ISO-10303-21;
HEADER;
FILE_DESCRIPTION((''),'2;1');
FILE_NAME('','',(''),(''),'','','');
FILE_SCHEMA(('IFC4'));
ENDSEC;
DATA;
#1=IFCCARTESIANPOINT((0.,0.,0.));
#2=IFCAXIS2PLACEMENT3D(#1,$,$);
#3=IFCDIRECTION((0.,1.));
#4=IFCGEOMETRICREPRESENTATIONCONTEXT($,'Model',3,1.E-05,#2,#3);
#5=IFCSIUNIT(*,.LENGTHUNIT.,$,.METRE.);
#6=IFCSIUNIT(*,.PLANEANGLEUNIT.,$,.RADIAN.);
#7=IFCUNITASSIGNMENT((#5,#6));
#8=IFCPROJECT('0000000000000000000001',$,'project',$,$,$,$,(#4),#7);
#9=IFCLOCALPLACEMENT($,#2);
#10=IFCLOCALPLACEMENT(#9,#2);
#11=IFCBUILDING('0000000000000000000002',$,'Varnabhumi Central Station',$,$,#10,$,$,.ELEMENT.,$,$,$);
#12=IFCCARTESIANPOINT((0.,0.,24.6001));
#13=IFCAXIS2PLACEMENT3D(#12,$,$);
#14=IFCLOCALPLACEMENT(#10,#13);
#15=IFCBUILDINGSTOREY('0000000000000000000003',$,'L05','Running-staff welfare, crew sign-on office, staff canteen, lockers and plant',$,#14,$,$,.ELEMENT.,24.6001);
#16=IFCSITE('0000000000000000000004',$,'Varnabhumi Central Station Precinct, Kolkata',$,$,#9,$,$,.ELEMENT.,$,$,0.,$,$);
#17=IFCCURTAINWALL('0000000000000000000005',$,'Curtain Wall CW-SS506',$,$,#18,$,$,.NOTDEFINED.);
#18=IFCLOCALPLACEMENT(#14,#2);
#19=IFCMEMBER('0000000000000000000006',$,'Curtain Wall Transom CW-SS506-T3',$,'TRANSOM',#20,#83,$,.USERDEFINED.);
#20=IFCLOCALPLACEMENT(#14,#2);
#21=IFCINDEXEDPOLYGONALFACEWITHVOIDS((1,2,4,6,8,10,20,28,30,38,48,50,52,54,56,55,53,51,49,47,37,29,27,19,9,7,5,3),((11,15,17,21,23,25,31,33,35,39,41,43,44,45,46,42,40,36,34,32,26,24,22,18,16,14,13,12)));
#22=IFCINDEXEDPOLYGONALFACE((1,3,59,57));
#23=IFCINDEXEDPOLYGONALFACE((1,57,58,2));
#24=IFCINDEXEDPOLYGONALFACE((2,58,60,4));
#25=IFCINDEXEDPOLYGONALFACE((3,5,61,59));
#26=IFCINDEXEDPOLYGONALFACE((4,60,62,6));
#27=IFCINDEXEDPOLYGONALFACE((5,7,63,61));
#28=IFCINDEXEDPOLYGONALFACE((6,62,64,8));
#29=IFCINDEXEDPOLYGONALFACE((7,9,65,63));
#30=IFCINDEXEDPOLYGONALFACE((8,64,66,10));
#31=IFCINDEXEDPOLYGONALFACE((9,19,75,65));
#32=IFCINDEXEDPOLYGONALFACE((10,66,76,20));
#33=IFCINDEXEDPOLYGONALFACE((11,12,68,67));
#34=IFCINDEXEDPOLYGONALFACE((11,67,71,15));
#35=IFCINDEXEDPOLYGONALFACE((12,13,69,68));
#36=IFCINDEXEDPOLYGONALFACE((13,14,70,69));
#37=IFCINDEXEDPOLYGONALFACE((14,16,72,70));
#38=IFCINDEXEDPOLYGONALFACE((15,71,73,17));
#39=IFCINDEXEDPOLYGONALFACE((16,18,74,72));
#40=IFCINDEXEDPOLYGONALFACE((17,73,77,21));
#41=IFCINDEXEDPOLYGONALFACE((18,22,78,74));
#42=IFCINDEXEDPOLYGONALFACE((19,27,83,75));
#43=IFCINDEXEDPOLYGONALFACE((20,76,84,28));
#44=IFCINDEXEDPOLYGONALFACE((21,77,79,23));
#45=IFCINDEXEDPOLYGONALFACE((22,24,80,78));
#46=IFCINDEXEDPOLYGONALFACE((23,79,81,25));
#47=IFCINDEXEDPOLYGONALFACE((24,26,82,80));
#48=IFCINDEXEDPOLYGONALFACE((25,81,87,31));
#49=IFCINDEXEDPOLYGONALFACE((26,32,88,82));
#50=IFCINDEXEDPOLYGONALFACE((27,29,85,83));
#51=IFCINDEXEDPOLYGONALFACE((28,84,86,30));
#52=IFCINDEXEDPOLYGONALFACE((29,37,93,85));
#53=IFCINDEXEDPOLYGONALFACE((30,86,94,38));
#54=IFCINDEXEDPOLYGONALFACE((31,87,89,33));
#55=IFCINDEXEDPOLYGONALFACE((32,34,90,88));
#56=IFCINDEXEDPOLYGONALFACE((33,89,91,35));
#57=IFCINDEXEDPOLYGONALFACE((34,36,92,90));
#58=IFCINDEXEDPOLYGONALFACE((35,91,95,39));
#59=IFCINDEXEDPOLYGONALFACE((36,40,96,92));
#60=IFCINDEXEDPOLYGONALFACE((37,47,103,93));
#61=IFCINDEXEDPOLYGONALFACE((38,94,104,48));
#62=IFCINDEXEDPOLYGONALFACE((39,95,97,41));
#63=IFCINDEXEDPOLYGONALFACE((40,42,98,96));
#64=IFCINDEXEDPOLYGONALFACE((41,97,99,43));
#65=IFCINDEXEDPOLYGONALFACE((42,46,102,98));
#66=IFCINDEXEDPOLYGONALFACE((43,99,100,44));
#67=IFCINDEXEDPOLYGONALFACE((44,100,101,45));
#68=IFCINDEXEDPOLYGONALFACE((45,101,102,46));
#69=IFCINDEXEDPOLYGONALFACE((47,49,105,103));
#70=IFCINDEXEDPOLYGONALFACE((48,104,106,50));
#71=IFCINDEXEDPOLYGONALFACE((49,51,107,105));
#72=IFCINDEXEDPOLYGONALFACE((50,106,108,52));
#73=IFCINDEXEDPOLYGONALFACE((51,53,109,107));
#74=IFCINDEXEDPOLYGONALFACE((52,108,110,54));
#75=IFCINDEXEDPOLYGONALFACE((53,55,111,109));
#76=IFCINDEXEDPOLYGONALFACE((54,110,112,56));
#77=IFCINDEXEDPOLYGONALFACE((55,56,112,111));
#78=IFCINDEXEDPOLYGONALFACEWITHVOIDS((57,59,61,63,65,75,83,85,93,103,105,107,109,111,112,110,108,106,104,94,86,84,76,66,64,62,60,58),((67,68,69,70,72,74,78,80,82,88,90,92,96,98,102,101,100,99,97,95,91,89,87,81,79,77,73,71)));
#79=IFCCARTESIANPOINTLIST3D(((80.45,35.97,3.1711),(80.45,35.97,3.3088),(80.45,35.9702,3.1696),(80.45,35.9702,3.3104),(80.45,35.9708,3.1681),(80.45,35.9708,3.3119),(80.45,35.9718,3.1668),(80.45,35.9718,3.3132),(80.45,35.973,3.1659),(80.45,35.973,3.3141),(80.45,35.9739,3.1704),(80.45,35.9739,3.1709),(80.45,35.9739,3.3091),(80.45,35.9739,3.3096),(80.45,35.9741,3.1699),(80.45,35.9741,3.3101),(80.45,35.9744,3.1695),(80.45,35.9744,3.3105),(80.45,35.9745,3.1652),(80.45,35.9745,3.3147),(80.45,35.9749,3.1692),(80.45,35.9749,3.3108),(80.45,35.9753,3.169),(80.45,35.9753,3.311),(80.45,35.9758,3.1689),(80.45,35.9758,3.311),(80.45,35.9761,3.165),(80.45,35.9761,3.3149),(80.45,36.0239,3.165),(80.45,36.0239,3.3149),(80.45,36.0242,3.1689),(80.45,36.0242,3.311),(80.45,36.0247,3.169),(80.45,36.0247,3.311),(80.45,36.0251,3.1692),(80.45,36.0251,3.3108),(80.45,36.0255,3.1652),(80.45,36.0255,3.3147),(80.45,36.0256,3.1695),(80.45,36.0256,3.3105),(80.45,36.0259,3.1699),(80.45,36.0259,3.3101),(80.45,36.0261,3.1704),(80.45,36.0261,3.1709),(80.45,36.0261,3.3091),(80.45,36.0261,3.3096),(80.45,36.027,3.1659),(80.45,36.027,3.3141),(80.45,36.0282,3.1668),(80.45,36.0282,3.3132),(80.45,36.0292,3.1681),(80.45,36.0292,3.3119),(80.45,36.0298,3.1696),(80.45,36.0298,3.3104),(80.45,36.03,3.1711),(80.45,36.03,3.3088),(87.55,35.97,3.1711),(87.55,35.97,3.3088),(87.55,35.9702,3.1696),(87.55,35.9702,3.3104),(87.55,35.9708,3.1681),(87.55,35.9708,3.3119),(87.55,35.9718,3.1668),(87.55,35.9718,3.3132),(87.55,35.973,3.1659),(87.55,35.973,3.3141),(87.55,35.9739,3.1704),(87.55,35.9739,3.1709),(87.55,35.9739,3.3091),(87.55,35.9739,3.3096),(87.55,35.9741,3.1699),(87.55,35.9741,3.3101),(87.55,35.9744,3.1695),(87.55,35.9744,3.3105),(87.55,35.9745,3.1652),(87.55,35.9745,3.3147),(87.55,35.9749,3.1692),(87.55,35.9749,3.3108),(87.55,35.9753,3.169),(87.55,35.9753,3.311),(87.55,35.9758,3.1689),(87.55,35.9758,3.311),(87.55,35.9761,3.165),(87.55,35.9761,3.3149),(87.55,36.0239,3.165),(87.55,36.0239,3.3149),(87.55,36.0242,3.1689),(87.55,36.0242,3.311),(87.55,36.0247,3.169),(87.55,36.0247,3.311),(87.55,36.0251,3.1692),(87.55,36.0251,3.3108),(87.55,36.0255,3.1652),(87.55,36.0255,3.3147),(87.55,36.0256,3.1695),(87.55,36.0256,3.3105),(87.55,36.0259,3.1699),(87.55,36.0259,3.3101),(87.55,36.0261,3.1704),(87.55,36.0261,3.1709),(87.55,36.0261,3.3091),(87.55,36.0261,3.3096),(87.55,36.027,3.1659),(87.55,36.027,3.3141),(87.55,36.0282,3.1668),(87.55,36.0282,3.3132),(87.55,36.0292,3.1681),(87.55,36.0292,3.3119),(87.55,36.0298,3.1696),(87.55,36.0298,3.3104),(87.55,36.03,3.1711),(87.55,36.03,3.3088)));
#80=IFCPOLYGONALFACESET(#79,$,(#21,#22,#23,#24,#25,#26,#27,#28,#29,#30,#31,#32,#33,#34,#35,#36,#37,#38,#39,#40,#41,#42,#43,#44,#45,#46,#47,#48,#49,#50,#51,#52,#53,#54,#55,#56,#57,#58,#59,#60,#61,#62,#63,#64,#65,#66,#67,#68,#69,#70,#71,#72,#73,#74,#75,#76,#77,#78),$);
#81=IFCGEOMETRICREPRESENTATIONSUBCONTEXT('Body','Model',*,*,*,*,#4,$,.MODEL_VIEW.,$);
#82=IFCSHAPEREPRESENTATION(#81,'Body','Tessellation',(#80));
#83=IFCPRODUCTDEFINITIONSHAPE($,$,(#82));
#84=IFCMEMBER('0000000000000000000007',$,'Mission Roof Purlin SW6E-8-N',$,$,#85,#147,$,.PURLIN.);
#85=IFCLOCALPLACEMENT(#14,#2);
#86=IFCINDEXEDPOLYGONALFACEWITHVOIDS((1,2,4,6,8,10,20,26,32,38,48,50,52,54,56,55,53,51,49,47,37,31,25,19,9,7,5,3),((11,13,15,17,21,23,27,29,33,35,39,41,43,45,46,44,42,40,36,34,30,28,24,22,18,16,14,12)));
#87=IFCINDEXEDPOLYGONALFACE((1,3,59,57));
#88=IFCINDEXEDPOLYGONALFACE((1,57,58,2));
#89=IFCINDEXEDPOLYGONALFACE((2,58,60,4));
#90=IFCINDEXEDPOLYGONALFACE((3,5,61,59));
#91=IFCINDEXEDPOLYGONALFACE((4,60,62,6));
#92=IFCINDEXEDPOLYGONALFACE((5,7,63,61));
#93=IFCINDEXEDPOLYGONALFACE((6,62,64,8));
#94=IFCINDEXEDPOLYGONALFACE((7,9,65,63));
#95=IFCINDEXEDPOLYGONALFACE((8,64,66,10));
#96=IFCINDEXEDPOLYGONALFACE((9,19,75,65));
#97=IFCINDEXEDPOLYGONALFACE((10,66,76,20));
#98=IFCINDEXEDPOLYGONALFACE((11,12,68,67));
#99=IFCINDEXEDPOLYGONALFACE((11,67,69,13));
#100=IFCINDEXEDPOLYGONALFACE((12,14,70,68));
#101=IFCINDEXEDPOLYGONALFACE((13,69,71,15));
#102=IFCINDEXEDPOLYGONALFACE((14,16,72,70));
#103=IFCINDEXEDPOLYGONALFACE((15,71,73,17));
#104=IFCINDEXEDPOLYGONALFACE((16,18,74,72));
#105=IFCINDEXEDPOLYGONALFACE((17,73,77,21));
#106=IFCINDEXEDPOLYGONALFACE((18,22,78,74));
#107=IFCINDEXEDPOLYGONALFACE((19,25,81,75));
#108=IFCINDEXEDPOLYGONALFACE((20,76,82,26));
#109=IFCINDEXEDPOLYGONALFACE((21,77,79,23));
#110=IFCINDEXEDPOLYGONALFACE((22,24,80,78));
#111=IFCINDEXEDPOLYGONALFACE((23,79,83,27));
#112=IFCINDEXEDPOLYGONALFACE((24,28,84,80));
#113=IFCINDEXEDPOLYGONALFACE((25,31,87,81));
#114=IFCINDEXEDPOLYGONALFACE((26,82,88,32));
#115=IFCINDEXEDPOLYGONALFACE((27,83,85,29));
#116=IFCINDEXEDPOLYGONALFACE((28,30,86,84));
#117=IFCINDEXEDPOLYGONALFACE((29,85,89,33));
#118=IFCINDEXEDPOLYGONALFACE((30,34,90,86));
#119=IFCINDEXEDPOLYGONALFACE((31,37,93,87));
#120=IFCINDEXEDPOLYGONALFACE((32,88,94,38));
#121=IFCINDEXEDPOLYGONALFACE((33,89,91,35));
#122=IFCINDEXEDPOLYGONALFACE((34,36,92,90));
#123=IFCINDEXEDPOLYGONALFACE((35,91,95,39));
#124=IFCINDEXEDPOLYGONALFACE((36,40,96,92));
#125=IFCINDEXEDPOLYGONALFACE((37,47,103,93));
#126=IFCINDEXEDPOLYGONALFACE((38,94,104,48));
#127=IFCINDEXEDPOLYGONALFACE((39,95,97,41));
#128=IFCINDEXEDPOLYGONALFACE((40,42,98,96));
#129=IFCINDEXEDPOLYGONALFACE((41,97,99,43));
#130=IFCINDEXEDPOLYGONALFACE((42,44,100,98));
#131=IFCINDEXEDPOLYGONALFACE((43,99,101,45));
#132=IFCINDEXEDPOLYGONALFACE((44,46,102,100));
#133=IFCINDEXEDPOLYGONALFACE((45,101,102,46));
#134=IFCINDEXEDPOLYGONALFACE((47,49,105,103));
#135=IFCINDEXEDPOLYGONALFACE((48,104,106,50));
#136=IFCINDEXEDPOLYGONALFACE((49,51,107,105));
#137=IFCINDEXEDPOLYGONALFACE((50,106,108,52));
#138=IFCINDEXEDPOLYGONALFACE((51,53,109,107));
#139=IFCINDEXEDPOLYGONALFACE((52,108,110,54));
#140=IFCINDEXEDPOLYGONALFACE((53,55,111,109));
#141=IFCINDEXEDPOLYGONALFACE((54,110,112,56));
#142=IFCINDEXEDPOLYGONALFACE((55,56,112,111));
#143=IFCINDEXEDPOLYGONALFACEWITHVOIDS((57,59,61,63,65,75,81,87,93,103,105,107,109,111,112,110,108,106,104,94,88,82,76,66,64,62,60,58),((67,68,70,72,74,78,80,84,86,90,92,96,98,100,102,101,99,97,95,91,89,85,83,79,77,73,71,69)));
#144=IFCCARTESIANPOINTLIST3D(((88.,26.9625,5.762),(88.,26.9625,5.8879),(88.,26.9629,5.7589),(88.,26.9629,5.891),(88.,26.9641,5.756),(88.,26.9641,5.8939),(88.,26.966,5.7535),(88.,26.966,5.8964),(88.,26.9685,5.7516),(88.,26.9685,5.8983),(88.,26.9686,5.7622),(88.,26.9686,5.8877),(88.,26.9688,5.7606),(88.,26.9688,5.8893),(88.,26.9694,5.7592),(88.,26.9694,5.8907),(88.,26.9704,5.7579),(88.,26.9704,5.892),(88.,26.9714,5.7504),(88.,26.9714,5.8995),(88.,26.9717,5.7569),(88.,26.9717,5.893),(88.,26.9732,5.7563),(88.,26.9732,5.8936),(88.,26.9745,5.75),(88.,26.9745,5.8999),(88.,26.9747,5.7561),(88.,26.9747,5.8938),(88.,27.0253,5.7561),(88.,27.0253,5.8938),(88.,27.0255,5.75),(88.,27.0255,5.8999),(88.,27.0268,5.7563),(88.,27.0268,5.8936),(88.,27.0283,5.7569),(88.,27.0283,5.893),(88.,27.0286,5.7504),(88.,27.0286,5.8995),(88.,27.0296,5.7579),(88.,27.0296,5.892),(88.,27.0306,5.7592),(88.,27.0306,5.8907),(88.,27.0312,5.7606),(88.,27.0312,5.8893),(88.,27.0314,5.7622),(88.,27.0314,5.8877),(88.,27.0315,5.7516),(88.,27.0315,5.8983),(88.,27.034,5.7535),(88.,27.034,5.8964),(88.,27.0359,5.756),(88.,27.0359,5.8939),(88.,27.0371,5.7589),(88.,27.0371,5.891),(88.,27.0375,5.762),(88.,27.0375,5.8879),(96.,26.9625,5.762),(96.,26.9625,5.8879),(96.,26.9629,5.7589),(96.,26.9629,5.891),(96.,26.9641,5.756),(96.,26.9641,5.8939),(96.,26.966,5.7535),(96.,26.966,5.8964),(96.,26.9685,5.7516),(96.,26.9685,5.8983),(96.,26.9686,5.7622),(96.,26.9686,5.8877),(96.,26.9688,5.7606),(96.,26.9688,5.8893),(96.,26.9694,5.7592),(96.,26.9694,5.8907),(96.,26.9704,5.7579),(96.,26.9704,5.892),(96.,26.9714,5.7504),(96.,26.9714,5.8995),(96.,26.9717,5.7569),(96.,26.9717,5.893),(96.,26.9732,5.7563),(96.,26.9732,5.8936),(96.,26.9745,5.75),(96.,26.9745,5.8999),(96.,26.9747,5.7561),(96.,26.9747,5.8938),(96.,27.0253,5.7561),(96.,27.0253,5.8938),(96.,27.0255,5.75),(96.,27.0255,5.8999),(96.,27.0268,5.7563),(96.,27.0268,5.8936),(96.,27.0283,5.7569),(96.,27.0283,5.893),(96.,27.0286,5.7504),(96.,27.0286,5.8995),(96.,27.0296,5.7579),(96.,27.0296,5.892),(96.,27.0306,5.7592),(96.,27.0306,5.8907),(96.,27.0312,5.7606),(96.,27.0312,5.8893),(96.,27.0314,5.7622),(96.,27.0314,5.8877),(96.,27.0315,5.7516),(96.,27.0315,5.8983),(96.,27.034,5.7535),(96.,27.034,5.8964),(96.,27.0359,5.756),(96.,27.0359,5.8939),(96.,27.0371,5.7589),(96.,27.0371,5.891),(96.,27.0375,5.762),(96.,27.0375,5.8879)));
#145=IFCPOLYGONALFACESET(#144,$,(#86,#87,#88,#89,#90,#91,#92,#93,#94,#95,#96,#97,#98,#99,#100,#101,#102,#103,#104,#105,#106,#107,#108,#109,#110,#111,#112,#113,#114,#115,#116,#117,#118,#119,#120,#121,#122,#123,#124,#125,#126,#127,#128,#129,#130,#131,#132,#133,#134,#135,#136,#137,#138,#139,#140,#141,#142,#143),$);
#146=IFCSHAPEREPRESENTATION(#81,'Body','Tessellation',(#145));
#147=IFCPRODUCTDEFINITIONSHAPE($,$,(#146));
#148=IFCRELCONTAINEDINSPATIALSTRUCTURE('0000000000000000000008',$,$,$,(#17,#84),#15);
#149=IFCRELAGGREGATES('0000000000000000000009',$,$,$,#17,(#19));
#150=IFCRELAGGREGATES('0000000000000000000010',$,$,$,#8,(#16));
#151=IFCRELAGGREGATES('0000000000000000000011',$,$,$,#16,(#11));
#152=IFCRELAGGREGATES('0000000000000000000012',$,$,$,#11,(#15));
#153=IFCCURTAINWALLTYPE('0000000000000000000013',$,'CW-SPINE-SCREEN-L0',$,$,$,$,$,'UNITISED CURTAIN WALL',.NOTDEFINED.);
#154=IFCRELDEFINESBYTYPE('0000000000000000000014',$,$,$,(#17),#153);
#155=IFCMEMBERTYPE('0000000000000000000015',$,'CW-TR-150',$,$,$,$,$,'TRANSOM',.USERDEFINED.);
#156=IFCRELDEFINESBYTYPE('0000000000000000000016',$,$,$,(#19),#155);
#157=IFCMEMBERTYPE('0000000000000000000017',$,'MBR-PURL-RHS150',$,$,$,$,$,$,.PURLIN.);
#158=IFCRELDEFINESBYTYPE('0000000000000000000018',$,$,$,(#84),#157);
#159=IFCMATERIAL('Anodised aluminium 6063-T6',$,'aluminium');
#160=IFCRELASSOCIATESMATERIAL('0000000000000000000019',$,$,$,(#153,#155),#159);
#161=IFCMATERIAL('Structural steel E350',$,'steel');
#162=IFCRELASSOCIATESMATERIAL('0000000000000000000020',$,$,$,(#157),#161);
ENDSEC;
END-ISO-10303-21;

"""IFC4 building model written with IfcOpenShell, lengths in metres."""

from ifc_helpers import new_model, si_unit, direction, frame, origin, origin_2d, place, context, subcontext, project, spatial, hollow_rectangle, extrude, material, material_profile, profile_set, type_object, element, aggregate, save


model = new_model("IFC4")

# Units and contexts
model_context = context("Model", 3, precision=1e-05, world=origin(), true_north=direction((0.0, 1.0)))
body_context = subcontext(model_context, "Body", "Model", "MODEL_VIEW")
ifc_project = project(units=[si_unit("LENGTHUNIT", "METRE"), si_unit("PLANEANGLEUNIT", "RADIAN")], contexts=[model_context])

# Site, building, storey
site_placement = place(None, origin())
site = spatial("IfcSite", under=ifc_project, at=site_placement, Name="Varnabhumi Central Station Precinct, Kolkata", CompositionType="ELEMENT", RefElevation=0.0)
building_placement = place(site_placement, origin())
building = spatial("IfcBuilding", under=site, at=building_placement, Name="Varnabhumi Central Station", CompositionType="ELEMENT")
storey_placement = place(building_placement, frame((0.0, 0.0, 24.6001)))
storey = spatial("IfcBuildingStorey", under=building, at=storey_placement, Name="L05", Description="Running-staff welfare, crew sign-on office, staff canteen, lockers and plant", CompositionType="ELEMENT", Elevation=24.6001)

# Shared definitions
ifc_material_1 = material(Name="Structural steel E350", Category="steel")

# Curtain wall, member
ifc_material_2 = material(Name="Anodised aluminium 6063-T6", Category="aluminium")
curtain_wall_type = type_object("IfcCurtainWallType", Name="CW-SPINE-SCREEN-L0", ElementType="UNITISED CURTAIN WALL", PredefinedType="NOTDEFINED", material=ifc_material_2)
curtain_wall_placement = place(storey_placement, origin())
curtain_wall = element("IfcCurtainWall", 1, at=curtain_wall_placement, inside=storey, type_object=curtain_wall_type, Name="Curtain Wall CW-SS506", PredefinedType="NOTDEFINED")
ifc_material_profile_1 = material_profile(ifc_material_2, hollow_rectangle(XDim=0.0601, YDim=0.1499, WallThickness=0.0039, InnerFilletRadius=0.002, OuterFilletRadius=0.0061, at=origin_2d()), Name="Anodised aluminium 6063-T6", Category="aluminium")
ifc_profile_set_1 = profile_set([ifc_material_profile_1], Name="Anodised aluminium 6063-T6")
member_type_1 = type_object("IfcMemberType", Name="CW-TR-150", ElementType="TRANSOM", PredefinedType="USERDEFINED", material=ifc_profile_set_1)
member_1_placement = place(storey_placement, frame((80.45, 36.0, 3.24), z_axis=(1.0, 0.0, 0.0), x_axis=(0.0, 1.0, 0.0)))
member_1 = element("IfcMember", 2, at=member_1_placement, type_object=member_type_1, Name="Curtain Wall Transom CW-SS506-T3", ObjectType="TRANSOM", PredefinedType="USERDEFINED", context=body_context, shape_type="SweptSolid", body=[
    extrude(hollow_rectangle(XDim=0.0601, YDim=0.1499, WallThickness=0.0039, InnerFilletRadius=0.002, OuterFilletRadius=0.0061, at=origin_2d()), origin(), (0.0, 0.0, 1.0), 7.1001),
])

# Member
ifc_material_profile_2 = material_profile(ifc_material_1, hollow_rectangle(XDim=0.075, YDim=0.1499, WallThickness=0.0061, InnerFilletRadius=0.0061, OuterFilletRadius=0.012, at=origin_2d()), Name="Structural steel E350", Category="steel")
ifc_profile_set_2 = profile_set([ifc_material_profile_2], Name="Structural steel E350")
member_type_2 = type_object("IfcMemberType", Name="MBR-PURL-RHS150", PredefinedType="PURLIN", material=ifc_profile_set_2)
member_2_placement = place(storey_placement, frame((88.0, 27.0, 5.825), z_axis=(1.0, 0.0, 0.0), x_axis=(0.0, 1.0, 0.0)))
element("IfcMember", 3, at=member_2_placement, inside=storey, type_object=member_type_2, Name="Mission Roof Purlin SW6E-8-N", PredefinedType="PURLIN", context=body_context, shape_type="SweptSolid", body=[
    extrude(hollow_rectangle(XDim=0.075, YDim=0.1499, WallThickness=0.0061, InnerFilletRadius=0.0061, OuterFilletRadius=0.012, at=origin_2d()), origin(), (0.0, 0.0, 1.0), 8.0),
])

aggregate(curtain_wall, [member_1])

save(model, "model.ifc")
